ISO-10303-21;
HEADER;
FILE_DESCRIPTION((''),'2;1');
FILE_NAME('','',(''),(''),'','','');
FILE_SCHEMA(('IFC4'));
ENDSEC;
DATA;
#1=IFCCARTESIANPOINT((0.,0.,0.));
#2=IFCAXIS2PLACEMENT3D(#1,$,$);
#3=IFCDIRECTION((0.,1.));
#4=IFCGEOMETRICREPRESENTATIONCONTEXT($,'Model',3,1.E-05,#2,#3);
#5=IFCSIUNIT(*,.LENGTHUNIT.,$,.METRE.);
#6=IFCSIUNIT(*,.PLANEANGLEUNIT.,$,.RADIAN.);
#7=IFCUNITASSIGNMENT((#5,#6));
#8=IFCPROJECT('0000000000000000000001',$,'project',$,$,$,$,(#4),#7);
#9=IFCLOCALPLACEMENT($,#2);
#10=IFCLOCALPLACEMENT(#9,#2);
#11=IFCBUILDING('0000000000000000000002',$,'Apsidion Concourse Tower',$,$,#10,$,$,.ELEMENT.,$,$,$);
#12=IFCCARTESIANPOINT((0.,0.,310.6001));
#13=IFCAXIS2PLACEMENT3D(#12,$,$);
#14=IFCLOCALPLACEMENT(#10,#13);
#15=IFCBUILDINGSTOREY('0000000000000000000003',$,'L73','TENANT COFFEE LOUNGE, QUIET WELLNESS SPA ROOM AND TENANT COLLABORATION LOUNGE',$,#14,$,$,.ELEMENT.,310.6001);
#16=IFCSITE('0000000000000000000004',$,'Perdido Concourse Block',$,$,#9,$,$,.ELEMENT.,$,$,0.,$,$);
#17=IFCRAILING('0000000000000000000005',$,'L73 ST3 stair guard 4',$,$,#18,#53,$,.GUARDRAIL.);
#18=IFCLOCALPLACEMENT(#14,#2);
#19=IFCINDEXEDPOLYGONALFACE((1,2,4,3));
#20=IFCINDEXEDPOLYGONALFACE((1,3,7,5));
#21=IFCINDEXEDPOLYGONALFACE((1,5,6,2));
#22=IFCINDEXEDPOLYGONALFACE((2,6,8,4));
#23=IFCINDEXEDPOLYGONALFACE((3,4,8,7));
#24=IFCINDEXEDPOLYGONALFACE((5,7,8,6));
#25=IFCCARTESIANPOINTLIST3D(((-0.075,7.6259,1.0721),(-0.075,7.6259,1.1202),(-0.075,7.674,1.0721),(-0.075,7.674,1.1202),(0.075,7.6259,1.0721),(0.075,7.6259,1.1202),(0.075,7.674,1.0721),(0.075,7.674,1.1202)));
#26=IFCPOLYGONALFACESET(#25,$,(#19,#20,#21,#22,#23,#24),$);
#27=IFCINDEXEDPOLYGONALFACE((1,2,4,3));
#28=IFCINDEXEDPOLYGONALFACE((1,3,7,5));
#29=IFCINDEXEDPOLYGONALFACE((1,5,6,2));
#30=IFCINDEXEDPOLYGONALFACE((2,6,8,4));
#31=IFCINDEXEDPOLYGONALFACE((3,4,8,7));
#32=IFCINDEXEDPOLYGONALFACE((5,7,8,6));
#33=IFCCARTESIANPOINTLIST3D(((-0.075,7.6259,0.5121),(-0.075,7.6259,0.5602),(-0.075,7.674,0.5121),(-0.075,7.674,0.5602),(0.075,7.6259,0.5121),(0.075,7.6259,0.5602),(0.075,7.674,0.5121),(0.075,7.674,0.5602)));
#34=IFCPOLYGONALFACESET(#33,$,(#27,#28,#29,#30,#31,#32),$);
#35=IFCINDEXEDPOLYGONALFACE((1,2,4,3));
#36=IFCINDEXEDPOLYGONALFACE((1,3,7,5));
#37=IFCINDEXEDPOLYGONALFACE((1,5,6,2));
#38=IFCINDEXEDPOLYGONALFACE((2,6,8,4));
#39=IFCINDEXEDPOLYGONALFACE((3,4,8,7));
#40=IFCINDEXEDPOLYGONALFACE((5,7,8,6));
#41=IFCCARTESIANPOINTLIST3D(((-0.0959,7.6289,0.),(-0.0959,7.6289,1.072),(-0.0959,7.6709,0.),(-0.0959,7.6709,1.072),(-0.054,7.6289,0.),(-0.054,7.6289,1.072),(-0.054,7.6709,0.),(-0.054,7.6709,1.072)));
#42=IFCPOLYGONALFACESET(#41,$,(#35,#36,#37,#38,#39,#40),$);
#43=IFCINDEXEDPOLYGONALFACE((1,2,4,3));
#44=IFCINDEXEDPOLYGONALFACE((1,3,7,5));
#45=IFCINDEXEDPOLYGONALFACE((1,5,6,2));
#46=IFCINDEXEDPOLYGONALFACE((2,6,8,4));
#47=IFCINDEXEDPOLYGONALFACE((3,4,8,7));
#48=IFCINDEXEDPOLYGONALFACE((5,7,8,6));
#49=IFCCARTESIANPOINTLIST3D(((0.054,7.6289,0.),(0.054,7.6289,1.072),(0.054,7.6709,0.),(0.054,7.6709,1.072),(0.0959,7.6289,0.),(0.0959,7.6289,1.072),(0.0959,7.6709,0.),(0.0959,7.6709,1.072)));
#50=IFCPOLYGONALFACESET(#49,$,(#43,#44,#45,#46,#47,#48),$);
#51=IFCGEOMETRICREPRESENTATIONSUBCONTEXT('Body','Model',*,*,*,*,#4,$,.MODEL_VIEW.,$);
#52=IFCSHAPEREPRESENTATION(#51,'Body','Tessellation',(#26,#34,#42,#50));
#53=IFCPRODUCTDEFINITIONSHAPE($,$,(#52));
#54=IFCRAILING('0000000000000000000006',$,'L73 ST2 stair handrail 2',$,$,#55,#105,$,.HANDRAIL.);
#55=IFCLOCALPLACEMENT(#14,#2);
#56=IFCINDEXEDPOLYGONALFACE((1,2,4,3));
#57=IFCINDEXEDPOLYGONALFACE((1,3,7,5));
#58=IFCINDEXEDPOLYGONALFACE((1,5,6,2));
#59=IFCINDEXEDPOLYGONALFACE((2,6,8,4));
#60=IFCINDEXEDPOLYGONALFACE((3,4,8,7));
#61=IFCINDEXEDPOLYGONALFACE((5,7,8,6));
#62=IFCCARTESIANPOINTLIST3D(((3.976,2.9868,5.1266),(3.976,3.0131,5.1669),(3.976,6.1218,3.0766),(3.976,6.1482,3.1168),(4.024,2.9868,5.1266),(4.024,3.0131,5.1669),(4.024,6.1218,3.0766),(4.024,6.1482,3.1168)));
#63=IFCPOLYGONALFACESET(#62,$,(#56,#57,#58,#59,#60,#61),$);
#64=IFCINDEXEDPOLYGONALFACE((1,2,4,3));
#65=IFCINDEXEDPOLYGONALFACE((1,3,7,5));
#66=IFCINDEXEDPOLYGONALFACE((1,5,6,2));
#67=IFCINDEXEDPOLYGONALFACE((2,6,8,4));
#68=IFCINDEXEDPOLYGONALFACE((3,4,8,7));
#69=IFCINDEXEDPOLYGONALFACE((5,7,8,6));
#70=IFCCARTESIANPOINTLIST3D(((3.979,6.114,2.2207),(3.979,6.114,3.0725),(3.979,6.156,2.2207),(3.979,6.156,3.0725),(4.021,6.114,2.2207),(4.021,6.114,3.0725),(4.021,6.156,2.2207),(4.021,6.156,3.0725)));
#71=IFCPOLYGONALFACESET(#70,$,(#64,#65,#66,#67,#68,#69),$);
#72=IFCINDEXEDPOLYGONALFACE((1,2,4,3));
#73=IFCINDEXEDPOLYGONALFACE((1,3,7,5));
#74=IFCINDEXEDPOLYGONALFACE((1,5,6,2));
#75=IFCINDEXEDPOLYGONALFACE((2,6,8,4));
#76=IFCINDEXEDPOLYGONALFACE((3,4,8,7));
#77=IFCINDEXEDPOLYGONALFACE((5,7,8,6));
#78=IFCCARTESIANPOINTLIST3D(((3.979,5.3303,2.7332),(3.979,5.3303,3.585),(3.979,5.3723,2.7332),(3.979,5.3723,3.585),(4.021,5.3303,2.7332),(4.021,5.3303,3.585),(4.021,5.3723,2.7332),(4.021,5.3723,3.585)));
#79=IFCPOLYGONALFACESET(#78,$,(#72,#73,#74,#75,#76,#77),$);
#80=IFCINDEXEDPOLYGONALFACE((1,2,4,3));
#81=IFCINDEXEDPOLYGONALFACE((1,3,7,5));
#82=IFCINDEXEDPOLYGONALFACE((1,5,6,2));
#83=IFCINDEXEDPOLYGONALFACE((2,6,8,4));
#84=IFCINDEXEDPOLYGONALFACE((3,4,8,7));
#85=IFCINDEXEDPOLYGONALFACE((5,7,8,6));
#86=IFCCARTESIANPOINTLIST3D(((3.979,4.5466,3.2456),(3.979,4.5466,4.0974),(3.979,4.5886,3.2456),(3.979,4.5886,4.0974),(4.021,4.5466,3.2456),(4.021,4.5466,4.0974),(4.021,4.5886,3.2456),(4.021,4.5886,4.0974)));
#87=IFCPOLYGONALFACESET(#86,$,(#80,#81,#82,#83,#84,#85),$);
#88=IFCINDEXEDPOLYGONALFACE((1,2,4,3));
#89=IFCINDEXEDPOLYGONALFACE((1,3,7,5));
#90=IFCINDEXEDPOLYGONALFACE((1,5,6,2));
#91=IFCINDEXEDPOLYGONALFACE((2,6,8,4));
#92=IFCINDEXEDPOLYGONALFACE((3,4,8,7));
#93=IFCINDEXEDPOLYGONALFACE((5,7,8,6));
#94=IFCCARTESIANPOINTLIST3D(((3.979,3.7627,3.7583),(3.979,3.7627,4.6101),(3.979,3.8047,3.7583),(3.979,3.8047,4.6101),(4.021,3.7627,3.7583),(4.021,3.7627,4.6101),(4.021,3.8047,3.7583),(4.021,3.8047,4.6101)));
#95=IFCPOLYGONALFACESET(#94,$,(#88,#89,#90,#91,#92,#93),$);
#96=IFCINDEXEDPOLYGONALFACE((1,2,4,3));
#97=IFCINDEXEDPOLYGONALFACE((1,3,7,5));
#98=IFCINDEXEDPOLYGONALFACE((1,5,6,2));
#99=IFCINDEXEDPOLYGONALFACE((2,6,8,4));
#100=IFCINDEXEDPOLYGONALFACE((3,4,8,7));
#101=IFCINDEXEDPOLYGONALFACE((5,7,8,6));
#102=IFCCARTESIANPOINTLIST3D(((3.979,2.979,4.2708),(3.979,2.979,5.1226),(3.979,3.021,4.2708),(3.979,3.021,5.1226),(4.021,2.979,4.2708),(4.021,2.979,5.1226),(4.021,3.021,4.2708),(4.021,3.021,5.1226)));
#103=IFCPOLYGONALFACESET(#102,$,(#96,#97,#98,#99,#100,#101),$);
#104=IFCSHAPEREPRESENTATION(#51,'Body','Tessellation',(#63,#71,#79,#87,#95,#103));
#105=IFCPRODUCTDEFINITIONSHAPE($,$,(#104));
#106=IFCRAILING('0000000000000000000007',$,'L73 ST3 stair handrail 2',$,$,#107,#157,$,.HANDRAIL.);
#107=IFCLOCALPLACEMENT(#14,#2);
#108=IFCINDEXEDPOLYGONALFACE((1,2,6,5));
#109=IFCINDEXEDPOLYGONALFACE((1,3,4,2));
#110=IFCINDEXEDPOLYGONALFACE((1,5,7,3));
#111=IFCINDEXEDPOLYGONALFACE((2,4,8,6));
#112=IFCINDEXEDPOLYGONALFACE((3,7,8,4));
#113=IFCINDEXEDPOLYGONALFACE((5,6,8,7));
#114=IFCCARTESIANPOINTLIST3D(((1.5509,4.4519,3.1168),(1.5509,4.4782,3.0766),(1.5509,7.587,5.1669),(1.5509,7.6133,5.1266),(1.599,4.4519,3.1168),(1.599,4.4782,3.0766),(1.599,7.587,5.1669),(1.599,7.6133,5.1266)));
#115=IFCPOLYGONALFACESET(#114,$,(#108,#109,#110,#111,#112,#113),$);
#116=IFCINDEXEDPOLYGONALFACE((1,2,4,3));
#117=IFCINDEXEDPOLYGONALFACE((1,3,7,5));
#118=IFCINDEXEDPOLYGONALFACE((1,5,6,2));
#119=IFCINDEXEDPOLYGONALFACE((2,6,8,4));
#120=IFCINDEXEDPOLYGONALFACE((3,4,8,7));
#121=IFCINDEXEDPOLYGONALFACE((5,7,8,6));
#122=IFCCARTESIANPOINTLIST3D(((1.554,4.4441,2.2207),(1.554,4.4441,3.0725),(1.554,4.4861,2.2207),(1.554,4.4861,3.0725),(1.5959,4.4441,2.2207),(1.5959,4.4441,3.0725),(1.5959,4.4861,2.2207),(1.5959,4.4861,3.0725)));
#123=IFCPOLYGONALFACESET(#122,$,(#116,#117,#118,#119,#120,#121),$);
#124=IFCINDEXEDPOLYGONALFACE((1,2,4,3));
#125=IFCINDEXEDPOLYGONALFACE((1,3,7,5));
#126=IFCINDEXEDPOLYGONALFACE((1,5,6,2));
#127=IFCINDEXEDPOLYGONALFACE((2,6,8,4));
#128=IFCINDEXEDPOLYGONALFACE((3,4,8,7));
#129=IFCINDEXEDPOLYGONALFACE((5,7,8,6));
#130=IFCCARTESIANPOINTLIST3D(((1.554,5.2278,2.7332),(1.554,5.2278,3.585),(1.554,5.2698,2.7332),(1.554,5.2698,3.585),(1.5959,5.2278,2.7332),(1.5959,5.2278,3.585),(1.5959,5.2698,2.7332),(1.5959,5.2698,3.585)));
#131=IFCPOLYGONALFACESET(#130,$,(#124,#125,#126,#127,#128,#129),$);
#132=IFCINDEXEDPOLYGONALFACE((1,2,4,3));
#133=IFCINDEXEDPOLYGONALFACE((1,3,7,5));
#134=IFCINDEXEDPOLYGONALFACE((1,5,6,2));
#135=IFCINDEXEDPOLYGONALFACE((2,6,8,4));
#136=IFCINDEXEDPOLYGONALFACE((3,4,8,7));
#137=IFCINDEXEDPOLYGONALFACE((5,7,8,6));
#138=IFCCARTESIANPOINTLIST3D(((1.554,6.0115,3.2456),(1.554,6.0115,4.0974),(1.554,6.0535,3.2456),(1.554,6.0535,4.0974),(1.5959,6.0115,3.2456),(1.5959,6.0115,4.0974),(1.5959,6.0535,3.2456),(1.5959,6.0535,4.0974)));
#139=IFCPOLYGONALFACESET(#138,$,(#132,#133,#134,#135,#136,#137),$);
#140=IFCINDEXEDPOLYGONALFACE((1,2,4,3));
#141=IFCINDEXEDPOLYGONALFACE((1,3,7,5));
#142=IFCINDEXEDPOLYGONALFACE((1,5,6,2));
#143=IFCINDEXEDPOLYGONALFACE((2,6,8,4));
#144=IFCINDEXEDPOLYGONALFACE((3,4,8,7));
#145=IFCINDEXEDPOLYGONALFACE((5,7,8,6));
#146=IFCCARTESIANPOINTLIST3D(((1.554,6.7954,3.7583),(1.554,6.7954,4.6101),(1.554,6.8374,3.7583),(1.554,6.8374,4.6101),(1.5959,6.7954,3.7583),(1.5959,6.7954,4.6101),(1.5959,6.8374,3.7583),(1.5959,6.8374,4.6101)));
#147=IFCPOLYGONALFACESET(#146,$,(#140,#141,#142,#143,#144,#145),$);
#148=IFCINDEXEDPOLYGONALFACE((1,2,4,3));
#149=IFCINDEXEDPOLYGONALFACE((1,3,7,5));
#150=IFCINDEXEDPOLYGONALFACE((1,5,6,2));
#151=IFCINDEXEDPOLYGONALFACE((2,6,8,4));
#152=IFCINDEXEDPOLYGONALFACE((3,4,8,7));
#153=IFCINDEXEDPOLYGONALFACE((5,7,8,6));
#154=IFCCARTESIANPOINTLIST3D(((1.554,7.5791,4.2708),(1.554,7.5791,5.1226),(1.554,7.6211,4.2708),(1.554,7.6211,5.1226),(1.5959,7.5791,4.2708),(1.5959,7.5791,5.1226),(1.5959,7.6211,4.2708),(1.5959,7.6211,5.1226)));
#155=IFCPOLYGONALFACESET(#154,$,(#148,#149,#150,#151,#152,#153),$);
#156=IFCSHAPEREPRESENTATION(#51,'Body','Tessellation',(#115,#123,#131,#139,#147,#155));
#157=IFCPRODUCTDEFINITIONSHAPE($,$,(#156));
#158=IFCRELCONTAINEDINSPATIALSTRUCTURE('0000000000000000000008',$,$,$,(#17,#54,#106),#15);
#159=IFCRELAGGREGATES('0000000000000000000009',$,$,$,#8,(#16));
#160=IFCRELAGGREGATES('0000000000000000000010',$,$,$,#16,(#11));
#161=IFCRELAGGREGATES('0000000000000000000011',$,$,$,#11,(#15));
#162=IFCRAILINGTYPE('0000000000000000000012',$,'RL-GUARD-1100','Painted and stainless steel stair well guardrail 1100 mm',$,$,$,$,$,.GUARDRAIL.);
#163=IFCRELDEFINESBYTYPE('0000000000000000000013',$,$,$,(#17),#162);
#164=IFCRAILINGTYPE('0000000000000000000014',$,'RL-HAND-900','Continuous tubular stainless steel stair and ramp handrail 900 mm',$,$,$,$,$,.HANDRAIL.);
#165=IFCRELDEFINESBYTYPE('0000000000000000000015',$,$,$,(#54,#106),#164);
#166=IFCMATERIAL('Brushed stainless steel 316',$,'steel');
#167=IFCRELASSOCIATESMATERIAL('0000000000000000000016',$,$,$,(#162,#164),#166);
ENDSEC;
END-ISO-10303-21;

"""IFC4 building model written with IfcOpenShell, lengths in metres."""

from ifc_helpers import new_model, si_unit, direction, frame, origin, origin_2d, place, context, subcontext, project, spatial, rectangle, extrude, material, type_object, element, save


model = new_model("IFC4")

# Units and contexts
model_context = context("Model", 3, precision=1e-05, world=origin(), true_north=direction((0.0, 1.0)))
body_context = subcontext(model_context, "Body", "Model", "MODEL_VIEW")
ifc_project = project(units=[si_unit("LENGTHUNIT", "METRE"), si_unit("PLANEANGLEUNIT", "RADIAN")], contexts=[model_context])

# Site, building, storey
site_placement = place(None, origin())
site = spatial("IfcSite", under=ifc_project, at=site_placement, Name="Perdido Concourse Block", CompositionType="ELEMENT", RefElevation=0.0)
building_placement = place(site_placement, origin())
building = spatial("IfcBuilding", under=site, at=building_placement, Name="Apsidion Concourse Tower", CompositionType="ELEMENT")
storey_placement = place(building_placement, frame((0.0, 0.0, 310.6001)))
storey = spatial("IfcBuildingStorey", under=building, at=storey_placement, Name="L73", Description="TENANT COFFEE LOUNGE, QUIET WELLNESS SPA ROOM AND TENANT COLLABORATION LOUNGE", CompositionType="ELEMENT", Elevation=310.6001)

# Railings
ifc_material_1 = material(Name="Brushed stainless steel 316", Category="steel")
railing_type_1 = type_object("IfcRailingType", Name="RL-GUARD-1100", Description="Painted and stainless steel stair well guardrail 1100 mm", PredefinedType="GUARDRAIL", material=ifc_material_1)
railing_1_placement = place(storey_placement, frame((-0.075, 7.6499, 0.0)))
element("IfcRailing", 1, at=railing_1_placement, inside=storey, type_object=railing_type_1, Name="L73 ST3 stair guard 4", PredefinedType="GUARDRAIL", context=body_context, shape_type="SweptSolid", body=[
    extrude(rectangle(XDim=0.0481, YDim=0.0481, at=origin_2d()), frame((0.0, 0.0, 1.0962), z_axis=(1.0, 0.0, 0.0), x_axis=(0.0, 1.0, 0.0)), (0.0, 0.0, 1.0), 0.1499),
    extrude(rectangle(XDim=0.0481, YDim=0.0481, at=origin_2d()), frame((0.0, 0.0, 0.5361), z_axis=(1.0, 0.0, 0.0), x_axis=(0.0, 1.0, 0.0)), (0.0, 0.0, 1.0), 0.1499),
    extrude(rectangle(XDim=0.042, YDim=0.042, at=origin_2d()), origin(), (0.0, 0.0, 1.0), 1.072),
    extrude(rectangle(XDim=0.042, YDim=0.042, at=origin_2d()), frame((0.1499, 0.0, 0.0)), (0.0, 0.0, 1.0), 1.072),
])
railing_type_2 = type_object("IfcRailingType", Name="RL-HAND-900", Description="Continuous tubular stainless steel stair and ramp handrail 900 mm", PredefinedType="HANDRAIL", material=ifc_material_1)
railing_2_placement = place(storey_placement, frame((4.0, 6.135, 2.2207)))
element("IfcRailing", 2, at=railing_2_placement, inside=storey, type_object=railing_type_2, Name="L73 ST2 stair handrail 2", PredefinedType="HANDRAIL", context=body_context, shape_type="SweptSolid", body=[
    extrude(rectangle(XDim=0.0481, YDim=0.0481, at=origin_2d()), frame((0.0, 0.0, 0.876), z_axis=(0.0, -0.836941, 0.547293), x_axis=(1.0, 0.0, 0.0)), (0.0, 0.0, 1.0), 3.7458),
    extrude(rectangle(XDim=0.042, YDim=0.042, at=origin_2d()), origin(), (0.0, 0.0, 1.0), 0.8518),
    extrude(rectangle(XDim=0.042, YDim=0.042, at=origin_2d()), frame((0.0, -0.7837, 0.5125)), (0.0, 0.0, 1.0), 0.8518),
    extrude(rectangle(XDim=0.042, YDim=0.042, at=origin_2d()), frame((0.0, -1.5674, 1.0249)), (0.0, 0.0, 1.0), 0.8518),
    extrude(rectangle(XDim=0.042, YDim=0.042, at=origin_2d()), frame((0.0, -2.3513, 1.5376)), (0.0, 0.0, 1.0), 0.8518),
    extrude(rectangle(XDim=0.042, YDim=0.042, at=origin_2d()), frame((0.0, -3.135, 2.05)), (0.0, 0.0, 1.0), 0.8518),
])
railing_3_placement = place(storey_placement, frame((1.575, 4.4651, 2.2207)))
element("IfcRailing", 3, at=railing_3_placement, inside=storey, type_object=railing_type_2, Name="L73 ST3 stair handrail 2", PredefinedType="HANDRAIL", context=body_context, shape_type="SweptSolid", body=[
    extrude(rectangle(XDim=0.0481, YDim=0.0481, at=origin_2d()), frame((0.0, 0.0, 0.876), z_axis=(0.0, 0.836941, 0.547293), x_axis=(-1.0, 0.0, 0.0)), (0.0, 0.0, 1.0), 3.7458),
    extrude(rectangle(XDim=0.042, YDim=0.042, at=origin_2d()), origin(), (0.0, 0.0, 1.0), 0.8518),
    extrude(rectangle(XDim=0.042, YDim=0.042, at=origin_2d()), frame((0.0, 0.7837, 0.5125)), (0.0, 0.0, 1.0), 0.8518),
    extrude(rectangle(XDim=0.042, YDim=0.042, at=origin_2d()), frame((0.0, 1.5674, 1.0249)), (0.0, 0.0, 1.0), 0.8518),
    extrude(rectangle(XDim=0.042, YDim=0.042, at=origin_2d()), frame((0.0, 2.3513, 1.5376)), (0.0, 0.0, 1.0), 0.8518),
    extrude(rectangle(XDim=0.042, YDim=0.042, at=origin_2d()), frame((0.0, 3.135, 2.05)), (0.0, 0.0, 1.0), 0.8518),
])

save(model, "model.ifc")
